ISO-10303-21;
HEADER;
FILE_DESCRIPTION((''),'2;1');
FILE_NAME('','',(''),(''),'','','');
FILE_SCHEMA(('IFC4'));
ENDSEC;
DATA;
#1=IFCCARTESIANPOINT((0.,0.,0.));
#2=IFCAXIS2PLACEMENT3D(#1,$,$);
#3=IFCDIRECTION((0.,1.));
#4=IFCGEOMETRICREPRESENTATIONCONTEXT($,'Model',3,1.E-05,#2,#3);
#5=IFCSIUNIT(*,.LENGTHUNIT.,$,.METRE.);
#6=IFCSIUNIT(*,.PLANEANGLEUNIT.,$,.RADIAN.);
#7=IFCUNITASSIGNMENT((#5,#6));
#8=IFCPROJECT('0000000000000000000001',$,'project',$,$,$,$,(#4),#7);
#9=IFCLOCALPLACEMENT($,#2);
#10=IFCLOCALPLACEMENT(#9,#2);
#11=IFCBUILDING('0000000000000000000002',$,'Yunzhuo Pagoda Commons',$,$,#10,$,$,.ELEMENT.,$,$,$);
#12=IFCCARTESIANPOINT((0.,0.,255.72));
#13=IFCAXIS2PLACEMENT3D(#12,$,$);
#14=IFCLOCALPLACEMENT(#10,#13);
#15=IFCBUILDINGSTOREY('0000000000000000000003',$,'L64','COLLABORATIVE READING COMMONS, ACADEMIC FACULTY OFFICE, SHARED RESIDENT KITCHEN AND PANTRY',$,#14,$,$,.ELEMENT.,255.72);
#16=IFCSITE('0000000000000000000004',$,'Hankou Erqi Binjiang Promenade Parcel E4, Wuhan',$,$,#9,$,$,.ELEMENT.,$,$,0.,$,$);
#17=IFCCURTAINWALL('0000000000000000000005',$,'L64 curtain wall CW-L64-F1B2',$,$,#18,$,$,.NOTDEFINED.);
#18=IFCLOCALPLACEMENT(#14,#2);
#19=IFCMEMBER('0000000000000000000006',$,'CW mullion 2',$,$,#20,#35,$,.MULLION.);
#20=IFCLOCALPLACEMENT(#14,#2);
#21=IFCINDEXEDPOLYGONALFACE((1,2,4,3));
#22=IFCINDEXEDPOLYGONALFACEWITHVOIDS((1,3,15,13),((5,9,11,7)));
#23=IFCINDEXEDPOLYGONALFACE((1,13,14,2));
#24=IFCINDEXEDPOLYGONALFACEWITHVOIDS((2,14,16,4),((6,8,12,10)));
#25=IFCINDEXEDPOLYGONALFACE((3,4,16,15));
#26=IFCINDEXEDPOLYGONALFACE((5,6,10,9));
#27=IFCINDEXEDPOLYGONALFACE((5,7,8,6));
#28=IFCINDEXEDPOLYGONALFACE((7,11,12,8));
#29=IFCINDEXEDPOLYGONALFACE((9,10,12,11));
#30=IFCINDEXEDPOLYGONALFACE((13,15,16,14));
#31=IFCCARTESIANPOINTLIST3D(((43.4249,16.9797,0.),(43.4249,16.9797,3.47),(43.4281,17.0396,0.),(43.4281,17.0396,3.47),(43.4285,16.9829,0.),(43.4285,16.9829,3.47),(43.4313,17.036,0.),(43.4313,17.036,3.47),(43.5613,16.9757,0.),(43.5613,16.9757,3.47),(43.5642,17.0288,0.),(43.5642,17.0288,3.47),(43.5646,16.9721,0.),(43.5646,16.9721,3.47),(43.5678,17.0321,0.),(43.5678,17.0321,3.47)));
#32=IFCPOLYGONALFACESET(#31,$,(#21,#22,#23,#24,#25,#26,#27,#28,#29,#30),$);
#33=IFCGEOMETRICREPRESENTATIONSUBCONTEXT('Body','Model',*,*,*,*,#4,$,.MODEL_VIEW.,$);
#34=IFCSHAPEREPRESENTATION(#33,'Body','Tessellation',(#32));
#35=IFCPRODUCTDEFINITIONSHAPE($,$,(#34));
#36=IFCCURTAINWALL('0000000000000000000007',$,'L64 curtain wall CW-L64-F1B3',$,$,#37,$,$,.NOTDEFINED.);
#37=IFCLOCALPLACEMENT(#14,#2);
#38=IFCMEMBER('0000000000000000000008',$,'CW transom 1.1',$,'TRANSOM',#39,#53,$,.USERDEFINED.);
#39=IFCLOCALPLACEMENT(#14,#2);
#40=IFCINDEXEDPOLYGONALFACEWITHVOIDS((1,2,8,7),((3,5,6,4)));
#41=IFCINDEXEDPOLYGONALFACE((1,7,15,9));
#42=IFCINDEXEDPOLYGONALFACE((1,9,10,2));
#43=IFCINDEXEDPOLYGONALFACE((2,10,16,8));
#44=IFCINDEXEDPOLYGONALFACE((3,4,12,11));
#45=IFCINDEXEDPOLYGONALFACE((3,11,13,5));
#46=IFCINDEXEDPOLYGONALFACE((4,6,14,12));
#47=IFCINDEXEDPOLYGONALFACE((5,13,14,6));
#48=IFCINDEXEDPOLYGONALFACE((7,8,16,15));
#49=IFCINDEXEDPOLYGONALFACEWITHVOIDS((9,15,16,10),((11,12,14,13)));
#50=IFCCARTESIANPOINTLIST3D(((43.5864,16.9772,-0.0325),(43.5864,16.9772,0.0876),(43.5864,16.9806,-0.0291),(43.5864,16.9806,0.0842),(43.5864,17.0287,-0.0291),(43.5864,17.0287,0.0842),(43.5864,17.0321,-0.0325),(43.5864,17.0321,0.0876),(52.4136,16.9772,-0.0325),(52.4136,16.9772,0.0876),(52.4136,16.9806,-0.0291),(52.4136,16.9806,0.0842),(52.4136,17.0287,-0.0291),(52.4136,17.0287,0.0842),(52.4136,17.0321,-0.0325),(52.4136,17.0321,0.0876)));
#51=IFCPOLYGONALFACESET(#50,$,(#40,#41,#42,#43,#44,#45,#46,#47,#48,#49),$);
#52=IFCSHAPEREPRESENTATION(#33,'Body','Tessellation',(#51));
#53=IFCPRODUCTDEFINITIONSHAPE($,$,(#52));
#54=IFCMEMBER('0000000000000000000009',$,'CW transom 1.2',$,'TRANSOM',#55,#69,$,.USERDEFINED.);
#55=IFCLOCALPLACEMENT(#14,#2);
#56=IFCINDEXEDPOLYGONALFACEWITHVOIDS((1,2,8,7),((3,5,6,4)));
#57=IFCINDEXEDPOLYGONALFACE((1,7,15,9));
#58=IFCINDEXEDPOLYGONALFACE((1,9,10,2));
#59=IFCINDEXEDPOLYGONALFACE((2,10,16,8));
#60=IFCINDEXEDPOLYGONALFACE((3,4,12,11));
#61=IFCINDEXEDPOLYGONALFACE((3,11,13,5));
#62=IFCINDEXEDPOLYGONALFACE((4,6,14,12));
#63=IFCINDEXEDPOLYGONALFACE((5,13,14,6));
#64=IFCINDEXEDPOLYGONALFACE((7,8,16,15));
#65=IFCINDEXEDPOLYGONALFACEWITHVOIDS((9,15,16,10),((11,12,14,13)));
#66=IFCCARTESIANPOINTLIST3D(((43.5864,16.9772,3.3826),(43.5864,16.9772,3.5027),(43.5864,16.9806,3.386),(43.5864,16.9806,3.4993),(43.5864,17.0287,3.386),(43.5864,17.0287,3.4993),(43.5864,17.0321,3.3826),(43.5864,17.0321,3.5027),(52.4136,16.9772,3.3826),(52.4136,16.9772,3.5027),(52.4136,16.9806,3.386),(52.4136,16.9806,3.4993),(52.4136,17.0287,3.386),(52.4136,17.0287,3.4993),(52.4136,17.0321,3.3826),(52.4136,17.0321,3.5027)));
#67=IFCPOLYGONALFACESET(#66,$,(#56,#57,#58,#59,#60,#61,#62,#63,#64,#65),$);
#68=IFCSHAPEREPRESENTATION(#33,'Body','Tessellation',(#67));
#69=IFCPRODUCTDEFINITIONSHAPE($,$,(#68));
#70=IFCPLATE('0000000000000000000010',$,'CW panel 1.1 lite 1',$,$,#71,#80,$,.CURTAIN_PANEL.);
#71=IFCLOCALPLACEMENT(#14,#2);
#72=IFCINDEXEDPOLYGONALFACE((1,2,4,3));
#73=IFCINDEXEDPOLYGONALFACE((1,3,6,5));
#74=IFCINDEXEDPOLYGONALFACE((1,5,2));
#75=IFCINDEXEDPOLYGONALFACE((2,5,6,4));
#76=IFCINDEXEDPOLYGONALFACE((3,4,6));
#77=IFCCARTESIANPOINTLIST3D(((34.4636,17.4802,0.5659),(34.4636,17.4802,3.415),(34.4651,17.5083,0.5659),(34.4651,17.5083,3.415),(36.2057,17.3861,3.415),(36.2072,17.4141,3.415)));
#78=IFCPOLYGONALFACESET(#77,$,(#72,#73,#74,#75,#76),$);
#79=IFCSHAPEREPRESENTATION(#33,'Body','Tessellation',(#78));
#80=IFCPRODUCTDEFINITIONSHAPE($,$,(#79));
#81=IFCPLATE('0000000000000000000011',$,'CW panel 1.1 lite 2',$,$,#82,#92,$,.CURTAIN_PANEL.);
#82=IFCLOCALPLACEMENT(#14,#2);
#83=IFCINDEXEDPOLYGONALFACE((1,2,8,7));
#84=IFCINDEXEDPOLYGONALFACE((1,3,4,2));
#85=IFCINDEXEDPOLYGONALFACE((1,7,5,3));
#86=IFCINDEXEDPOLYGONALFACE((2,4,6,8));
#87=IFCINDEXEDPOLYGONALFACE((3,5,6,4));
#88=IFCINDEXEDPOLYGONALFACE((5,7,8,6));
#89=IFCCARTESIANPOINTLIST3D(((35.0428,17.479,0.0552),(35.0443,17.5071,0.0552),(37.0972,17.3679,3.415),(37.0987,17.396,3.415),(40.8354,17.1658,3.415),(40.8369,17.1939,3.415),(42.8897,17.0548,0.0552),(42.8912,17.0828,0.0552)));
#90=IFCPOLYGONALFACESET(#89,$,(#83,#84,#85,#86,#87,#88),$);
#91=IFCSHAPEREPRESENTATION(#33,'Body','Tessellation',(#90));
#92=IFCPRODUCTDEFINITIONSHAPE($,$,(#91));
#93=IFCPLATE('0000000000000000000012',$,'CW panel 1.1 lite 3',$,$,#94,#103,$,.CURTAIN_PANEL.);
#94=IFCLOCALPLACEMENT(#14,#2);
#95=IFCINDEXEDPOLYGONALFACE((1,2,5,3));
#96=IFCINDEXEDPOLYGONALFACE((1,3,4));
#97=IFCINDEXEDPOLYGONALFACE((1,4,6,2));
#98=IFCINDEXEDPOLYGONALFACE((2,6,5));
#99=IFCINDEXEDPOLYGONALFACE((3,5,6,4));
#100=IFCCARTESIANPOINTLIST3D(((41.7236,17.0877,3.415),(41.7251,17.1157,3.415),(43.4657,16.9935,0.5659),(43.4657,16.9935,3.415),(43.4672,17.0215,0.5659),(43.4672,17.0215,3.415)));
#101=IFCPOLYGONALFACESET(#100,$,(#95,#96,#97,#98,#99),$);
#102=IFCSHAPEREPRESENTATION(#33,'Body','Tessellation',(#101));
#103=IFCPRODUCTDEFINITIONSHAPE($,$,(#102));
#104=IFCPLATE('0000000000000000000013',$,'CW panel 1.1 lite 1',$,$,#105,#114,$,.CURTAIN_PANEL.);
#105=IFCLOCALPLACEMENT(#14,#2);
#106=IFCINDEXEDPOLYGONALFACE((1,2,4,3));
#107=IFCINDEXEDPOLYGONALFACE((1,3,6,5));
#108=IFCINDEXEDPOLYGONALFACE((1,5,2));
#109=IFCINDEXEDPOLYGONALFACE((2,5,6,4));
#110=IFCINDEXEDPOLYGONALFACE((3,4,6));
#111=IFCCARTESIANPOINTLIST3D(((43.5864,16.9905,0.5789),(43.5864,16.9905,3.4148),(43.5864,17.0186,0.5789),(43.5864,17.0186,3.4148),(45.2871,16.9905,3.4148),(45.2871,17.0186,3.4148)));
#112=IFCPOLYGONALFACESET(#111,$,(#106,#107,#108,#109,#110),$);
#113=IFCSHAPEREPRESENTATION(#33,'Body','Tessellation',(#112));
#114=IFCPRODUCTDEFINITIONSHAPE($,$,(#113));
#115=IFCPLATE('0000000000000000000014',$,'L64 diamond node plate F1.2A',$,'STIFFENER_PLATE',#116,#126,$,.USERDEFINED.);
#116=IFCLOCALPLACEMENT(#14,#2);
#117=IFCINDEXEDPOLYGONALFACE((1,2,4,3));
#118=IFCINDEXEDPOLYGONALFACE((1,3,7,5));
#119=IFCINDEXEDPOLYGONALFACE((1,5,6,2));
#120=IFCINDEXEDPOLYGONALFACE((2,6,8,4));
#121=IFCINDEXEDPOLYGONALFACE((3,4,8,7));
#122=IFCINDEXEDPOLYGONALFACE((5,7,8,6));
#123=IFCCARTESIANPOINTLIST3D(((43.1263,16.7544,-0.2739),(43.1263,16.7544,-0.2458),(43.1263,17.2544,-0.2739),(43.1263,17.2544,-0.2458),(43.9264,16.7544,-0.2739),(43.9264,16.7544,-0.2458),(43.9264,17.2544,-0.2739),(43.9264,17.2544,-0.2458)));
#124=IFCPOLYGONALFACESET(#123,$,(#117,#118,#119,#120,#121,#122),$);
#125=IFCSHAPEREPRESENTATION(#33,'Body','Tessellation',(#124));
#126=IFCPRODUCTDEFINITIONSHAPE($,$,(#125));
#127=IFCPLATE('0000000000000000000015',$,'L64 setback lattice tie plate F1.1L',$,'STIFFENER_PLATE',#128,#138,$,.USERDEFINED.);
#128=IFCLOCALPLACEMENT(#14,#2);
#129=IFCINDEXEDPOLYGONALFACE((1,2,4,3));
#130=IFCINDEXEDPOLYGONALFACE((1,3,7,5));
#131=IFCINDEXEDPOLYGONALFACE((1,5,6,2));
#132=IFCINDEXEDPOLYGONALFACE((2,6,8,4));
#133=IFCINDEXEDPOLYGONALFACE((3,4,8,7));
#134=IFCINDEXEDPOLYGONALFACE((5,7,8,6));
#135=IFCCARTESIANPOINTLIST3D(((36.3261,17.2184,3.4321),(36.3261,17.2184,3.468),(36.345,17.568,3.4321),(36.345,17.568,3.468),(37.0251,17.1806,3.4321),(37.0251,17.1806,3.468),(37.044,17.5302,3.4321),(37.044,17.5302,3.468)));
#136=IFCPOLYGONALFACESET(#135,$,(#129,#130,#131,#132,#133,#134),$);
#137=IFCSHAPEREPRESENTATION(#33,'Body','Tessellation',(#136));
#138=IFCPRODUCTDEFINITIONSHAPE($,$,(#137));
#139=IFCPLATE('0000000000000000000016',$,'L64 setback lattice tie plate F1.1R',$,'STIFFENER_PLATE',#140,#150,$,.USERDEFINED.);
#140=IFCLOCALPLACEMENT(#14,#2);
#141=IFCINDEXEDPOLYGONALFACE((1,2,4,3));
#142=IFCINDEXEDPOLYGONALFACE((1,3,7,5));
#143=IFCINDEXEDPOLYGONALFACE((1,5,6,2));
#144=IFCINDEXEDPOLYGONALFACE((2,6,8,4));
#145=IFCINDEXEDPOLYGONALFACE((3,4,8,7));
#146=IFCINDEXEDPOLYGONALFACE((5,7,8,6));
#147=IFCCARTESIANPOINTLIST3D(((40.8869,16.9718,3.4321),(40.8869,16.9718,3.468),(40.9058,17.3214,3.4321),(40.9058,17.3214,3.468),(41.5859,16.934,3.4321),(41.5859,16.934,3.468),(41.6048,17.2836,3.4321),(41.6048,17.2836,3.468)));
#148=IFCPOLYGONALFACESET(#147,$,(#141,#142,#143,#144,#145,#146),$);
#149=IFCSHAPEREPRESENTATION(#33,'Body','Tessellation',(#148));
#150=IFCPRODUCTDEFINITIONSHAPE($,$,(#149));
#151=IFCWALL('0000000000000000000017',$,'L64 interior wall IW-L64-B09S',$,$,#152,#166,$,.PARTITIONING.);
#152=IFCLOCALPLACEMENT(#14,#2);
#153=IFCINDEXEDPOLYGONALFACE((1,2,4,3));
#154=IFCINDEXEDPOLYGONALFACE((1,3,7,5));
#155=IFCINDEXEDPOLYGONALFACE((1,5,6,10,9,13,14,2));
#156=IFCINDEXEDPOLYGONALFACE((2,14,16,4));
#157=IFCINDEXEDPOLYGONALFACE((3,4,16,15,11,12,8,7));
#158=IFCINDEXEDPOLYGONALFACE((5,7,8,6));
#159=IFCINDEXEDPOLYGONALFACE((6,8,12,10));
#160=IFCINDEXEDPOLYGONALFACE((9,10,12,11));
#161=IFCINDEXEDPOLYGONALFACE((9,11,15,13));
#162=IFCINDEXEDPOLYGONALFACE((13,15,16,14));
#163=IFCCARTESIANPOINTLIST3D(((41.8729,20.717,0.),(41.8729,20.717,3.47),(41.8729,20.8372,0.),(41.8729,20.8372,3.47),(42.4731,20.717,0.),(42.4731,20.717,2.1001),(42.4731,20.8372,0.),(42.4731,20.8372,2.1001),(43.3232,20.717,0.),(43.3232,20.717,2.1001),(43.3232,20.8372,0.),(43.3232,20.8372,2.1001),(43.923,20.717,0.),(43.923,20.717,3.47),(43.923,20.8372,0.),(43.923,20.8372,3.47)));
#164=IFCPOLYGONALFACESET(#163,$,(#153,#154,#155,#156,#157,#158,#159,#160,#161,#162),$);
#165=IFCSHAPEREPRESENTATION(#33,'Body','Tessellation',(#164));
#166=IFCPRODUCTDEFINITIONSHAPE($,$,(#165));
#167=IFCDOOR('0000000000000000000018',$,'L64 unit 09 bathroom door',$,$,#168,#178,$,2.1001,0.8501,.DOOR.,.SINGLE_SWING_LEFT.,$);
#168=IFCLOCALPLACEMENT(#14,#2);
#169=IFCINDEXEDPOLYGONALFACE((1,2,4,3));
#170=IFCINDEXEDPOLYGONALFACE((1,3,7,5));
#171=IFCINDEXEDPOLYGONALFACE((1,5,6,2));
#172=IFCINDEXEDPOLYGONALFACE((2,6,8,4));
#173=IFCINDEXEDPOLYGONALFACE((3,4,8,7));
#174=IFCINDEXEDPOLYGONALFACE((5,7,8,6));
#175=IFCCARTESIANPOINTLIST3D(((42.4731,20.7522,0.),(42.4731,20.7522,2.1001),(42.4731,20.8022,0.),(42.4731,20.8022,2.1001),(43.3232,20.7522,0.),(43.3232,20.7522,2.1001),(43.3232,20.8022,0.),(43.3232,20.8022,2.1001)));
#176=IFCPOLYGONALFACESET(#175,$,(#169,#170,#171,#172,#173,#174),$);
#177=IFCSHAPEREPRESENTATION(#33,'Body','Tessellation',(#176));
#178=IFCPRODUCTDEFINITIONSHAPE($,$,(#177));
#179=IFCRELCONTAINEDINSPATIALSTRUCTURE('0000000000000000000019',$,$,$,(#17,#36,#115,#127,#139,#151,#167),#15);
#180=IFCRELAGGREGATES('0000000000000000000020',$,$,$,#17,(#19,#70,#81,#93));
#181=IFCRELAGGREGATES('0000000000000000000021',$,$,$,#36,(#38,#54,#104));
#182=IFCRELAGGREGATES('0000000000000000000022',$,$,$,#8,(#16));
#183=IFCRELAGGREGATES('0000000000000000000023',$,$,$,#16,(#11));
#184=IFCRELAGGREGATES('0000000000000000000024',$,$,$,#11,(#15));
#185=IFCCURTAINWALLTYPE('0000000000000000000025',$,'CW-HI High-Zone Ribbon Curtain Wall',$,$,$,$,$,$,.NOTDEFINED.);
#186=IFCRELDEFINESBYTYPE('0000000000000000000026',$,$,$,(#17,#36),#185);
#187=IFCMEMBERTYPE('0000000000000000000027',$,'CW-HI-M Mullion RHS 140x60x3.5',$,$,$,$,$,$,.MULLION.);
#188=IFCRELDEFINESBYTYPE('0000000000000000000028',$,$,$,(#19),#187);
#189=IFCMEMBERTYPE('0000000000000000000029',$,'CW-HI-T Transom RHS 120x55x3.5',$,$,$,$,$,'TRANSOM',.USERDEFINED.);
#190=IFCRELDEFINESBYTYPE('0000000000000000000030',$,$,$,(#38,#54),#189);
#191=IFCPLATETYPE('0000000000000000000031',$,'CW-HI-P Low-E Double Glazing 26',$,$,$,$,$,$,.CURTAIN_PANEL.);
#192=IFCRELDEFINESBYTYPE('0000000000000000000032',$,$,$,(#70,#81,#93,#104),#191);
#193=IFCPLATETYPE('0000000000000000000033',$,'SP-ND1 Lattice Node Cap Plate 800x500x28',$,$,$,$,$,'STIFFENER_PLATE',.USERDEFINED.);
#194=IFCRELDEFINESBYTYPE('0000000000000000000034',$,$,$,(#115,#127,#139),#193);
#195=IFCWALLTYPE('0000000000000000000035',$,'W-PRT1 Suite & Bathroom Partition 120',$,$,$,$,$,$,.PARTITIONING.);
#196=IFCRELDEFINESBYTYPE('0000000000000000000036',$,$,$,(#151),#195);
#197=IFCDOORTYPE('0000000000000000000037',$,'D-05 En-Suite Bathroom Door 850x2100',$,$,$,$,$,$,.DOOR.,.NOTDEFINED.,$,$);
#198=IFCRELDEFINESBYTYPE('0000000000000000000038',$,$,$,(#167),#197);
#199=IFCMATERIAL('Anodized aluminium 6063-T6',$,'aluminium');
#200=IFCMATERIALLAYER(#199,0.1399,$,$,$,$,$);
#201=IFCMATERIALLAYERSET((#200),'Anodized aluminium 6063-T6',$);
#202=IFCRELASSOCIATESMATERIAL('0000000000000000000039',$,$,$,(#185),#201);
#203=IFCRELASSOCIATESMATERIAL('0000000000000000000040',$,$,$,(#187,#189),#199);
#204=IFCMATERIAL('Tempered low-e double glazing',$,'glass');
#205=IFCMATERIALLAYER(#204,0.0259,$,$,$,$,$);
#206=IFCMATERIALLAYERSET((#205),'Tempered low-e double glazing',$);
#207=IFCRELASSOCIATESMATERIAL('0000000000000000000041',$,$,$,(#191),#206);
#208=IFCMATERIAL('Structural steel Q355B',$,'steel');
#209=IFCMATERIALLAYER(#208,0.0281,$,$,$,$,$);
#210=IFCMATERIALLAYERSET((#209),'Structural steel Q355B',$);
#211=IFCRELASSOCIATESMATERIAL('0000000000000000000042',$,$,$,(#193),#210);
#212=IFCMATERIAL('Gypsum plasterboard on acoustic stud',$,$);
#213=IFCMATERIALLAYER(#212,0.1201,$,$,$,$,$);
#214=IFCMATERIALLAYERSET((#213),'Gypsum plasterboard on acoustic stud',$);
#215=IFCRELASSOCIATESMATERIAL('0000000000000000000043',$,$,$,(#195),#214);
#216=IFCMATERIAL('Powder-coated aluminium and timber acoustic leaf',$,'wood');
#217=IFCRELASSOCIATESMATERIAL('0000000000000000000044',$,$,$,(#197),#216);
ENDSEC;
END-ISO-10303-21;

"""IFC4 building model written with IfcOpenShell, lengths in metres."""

from ifc_helpers import new_model, si_unit, direction, frame, frame_2d, origin, origin_2d, place, context, subcontext, project, spatial, polyline, rectangle, hollow_rectangle, outline, extrude, source, transform, mapped, material, layer, layer_set, material_profile, profile_set, type_object, element, fill, aggregate, save


model = new_model("IFC4")

# Units and contexts
model_context = context("Model", 3, precision=1e-05, world=origin(), true_north=direction((0.0, 1.0)))
body_context = subcontext(model_context, "Body", "Model", "MODEL_VIEW")
ifc_project = project(units=[si_unit("LENGTHUNIT", "METRE"), si_unit("PLANEANGLEUNIT", "RADIAN")], contexts=[model_context])

# Site, building, storey
site_placement = place(None, origin())
site = spatial("IfcSite", under=ifc_project, at=site_placement, Name="Hankou Erqi Binjiang Promenade Parcel E4, Wuhan", CompositionType="ELEMENT", RefElevation=0.0)
building_placement = place(site_placement, origin())
building = spatial("IfcBuilding", under=site, at=building_placement, Name="Yunzhuo Pagoda Commons", CompositionType="ELEMENT")
storey_placement = place(building_placement, frame((0.0, 0.0, 255.72)))
storey = spatial("IfcBuildingStorey", under=building, at=storey_placement, Name="L64", Description="COLLABORATIVE READING COMMONS, ACADEMIC FACULTY OFFICE, SHARED RESIDENT KITCHEN AND PANTRY", CompositionType="ELEMENT", Elevation=255.72)

# Shared definitions
ifc_material_1 = material(Name="Structural steel Q355B", Category="steel")

# Curtain wall, member
ifc_material_2 = material(Name="Anodized aluminium 6063-T6", Category="aluminium")
ifc_layer_1 = layer(ifc_material_2, 0.1399)
ifc_layer_set_1 = layer_set([ifc_layer_1], Name="Anodized aluminium 6063-T6")
curtain_wall_type = type_object("IfcCurtainWallType", Name="CW-HI High-Zone Ribbon Curtain Wall", PredefinedType="NOTDEFINED", material=ifc_layer_set_1)
curtain_wall_1_placement = place(storey_placement, origin())
curtain_wall_1 = element("IfcCurtainWall", 1, at=curtain_wall_1_placement, inside=storey, type_object=curtain_wall_type, Name="L64 curtain wall CW-L64-F1B2", PredefinedType="NOTDEFINED")
ifc_material_profile_1 = material_profile(ifc_material_2, hollow_rectangle(XDim=0.0601, YDim=0.1399, WallThickness=0.0034, at=origin_2d()), Name="Anodized aluminium 6063-T6")
ifc_profile_set_1 = profile_set([ifc_material_profile_1], Name="Anodized aluminium 6063-T6")
member_type_1 = type_object("IfcMemberType", Name="CW-HI-M Mullion RHS 140x60x3.5", PredefinedType="MULLION", material=ifc_profile_set_1)
shared_shape_1 = source(origin(), body_context, "Body", "SweptSolid", [
    extrude(hollow_rectangle(XDim=0.0601, YDim=0.1399, WallThickness=0.0034, at=origin_2d()), origin(), (0.0, 0.0, 1.0), 3.47),
])
member_1_placement = place(storey_placement, frame((43.4963, 17.0059, 0.0), z_axis=(0.0, 0.0, 1.0), x_axis=(0.053989, 0.998542, 0.0)))
member_1 = element("IfcMember", 2, at=member_1_placement, type_object=member_type_1, Name="CW mullion 2", PredefinedType="MULLION", context=body_context, shape_type="MappedRepresentation", body=[
    mapped(shared_shape_1, transform((0.0, 0.0, 0.0), scale=1.0)),
])

# Curtain wall, members
curtain_wall_2_placement = place(storey_placement, origin())
curtain_wall_2 = element("IfcCurtainWall", 3, at=curtain_wall_2_placement, inside=storey, type_object=curtain_wall_type, Name="L64 curtain wall CW-L64-F1B3", PredefinedType="NOTDEFINED")
ifc_material_profile_2 = material_profile(ifc_material_2, hollow_rectangle(XDim=0.0549, YDim=0.1201, WallThickness=0.0034, at=origin_2d()), Name="Anodized aluminium 6063-T6")
ifc_profile_set_2 = profile_set([ifc_material_profile_2], Name="Anodized aluminium 6063-T6")
member_type_2 = type_object("IfcMemberType", Name="CW-HI-T Transom RHS 120x55x3.5", ElementType="TRANSOM", PredefinedType="USERDEFINED", material=ifc_profile_set_2)
shared_shape_2 = source(origin(), body_context, "Body", "SweptSolid", [
    extrude(hollow_rectangle(XDim=0.0549, YDim=0.1201, WallThickness=0.0034, at=origin_2d()), origin(), (0.0, 0.0, 1.0), 8.8271),
])
member_2_placement = place(storey_placement, frame((43.5864, 17.0046, 0.0276), z_axis=(1.0, 0.0, 0.0), x_axis=(0.0, 1.0, 0.0)))
member_2 = element("IfcMember", 4, at=member_2_placement, type_object=member_type_2, Name="CW transom 1.1", ObjectType="TRANSOM", PredefinedType="USERDEFINED", context=body_context, shape_type="MappedRepresentation", body=[
    mapped(shared_shape_2, transform((0.0, 0.0, 0.0), scale=1.0)),
])
member_3_placement = place(storey_placement, frame((43.5864, 17.0046, 3.4426), z_axis=(1.0, 0.0, 0.0), x_axis=(0.0, 1.0, 0.0)))
member_3 = element("IfcMember", 5, at=member_3_placement, type_object=member_type_2, Name="CW transom 1.2", ObjectType="TRANSOM", PredefinedType="USERDEFINED", context=body_context, shape_type="MappedRepresentation", body=[
    mapped(shared_shape_2, transform((0.0, 0.0, 0.0), scale=1.0)),
])

# Plates
ifc_material_3 = material(Name="Tempered low-e double glazing", Category="glass")
ifc_layer_2 = layer(ifc_material_3, 0.0259)
ifc_layer_set_2 = layer_set([ifc_layer_2], Name="Tempered low-e double glazing")
plate_type_1 = type_object("IfcPlateType", Name="CW-HI-P Low-E Double Glazing 26", PredefinedType="CURTAIN_PANEL", material=ifc_layer_set_2)
plate_1_placement = place(storey_placement, frame((35.3362, 17.4612, 1.9905), z_axis=(-0.053989, -0.998542, 0.0), x_axis=(0.998542, -0.053989, 0.0)))
plate_1 = element("IfcPlate", 6, at=plate_1_placement, type_object=plate_type_1, Name="CW panel 1.1 lite 1", PredefinedType="CURTAIN_PANEL", context=body_context, shape_type="SweptSolid", body=[
    extrude(outline(polyline([(-0.8723, -1.4246), (0.8723, 1.4246), (-0.8723, 1.4246), (-0.8723, -1.4246)])), origin(), (0.0, 0.0, 1.0), 0.0281),
])
plate_2_placement = place(storey_placement, frame((38.9678, 17.2949, 1.7351), z_axis=(-0.053989, -0.998542, 0.0), x_axis=(0.998542, -0.053989, 0.0)))
plate_2 = element("IfcPlate", 7, at=plate_2_placement, type_object=plate_type_1, Name="CW panel 1.1 lite 2", PredefinedType="CURTAIN_PANEL", context=body_context, shape_type="SweptSolid", body=[
    extrude(outline(polyline([(-3.9292, -1.6799), (3.9292, -1.6799), (1.8718, 1.6799), (-1.8718, 1.6799), (-3.9292, -1.6799)])), origin(), (0.0, 0.0, 1.0), 0.0281),
])
plate_3_placement = place(storey_placement, frame((42.5962, 17.0686, 1.9905), z_axis=(-0.053989, -0.998542, 0.0), x_axis=(0.998542, -0.053989, 0.0)))
plate_3 = element("IfcPlate", 8, at=plate_3_placement, type_object=plate_type_1, Name="CW panel 1.1 lite 3", PredefinedType="CURTAIN_PANEL", context=body_context, shape_type="SweptSolid", body=[
    extrude(outline(polyline([(-0.8723, 1.4246), (0.8723, -1.4246), (0.8723, 1.4246), (-0.8723, 1.4246)])), origin(), (0.0, 0.0, 1.0), 0.0281),
])
aggregate(curtain_wall_1, [member_1, plate_1, plate_2, plate_3])
plate_4_placement = place(storey_placement, frame((44.4368, 17.0186, 1.9968), z_axis=(0.0, -1.0, 0.0), x_axis=(1.0, 0.0, 0.0)))
plate_4 = element("IfcPlate", 9, at=plate_4_placement, type_object=plate_type_1, Name="CW panel 1.1 lite 1", PredefinedType="CURTAIN_PANEL", context=body_context, shape_type="SweptSolid", body=[
    extrude(outline(polyline([(-0.8503, -1.418), (0.8503, 1.418), (-0.8503, 1.418), (-0.8503, -1.418)])), origin(), (0.0, 0.0, 1.0), 0.0281),
])
aggregate(curtain_wall_2, [member_2, member_3, plate_4])

# Plates
ifc_layer_3 = layer(ifc_material_1, 0.0281)
ifc_layer_set_3 = layer_set([ifc_layer_3], Name="Structural steel Q355B")
plate_type_2 = type_object("IfcPlateType", Name="SP-ND1 Lattice Node Cap Plate 800x500x28", ElementType="STIFFENER_PLATE", PredefinedType="USERDEFINED", material=ifc_layer_set_3)
shared_shape_3 = source(origin(), body_context, "Body", "SweptSolid", [
    extrude(rectangle(XDim=0.8, YDim=0.5, at=origin_2d()), origin(), (0.0, 0.0, 1.0), 0.0281),
])
plate_5_placement = place(storey_placement, frame((43.5264, 17.0044, -0.2739), z_axis=(0.0, 0.0, 1.0), x_axis=(1.0, 0.0, 0.0)))
element("IfcPlate", 10, at=plate_5_placement, inside=storey, type_object=plate_type_2, Name="L64 diamond node plate F1.2A", ObjectType="STIFFENER_PLATE", PredefinedType="USERDEFINED", context=body_context, shape_type="MappedRepresentation", body=[
    mapped(shared_shape_3, transform((0.0, 0.0, 0.0), scale=1.0)),
])
shared_shape_4 = source(origin(), body_context, "Body", "SweptSolid", [
    extrude(rectangle(XDim=0.7, YDim=0.3501, at=origin_2d()), origin(), (0.0, 0.0, 1.0), 0.0359),
])
for number, where, z_axis, x_axis, name in (
    (11, (36.6851, 17.3743, 3.4321), (0.0, 0.0, 1.0), (0.998541, -0.053992, 0.0), "L64 setback lattice tie plate F1.1L"),
    (12, (41.2458, 17.1277, 3.4321), (0.0, 0.0, 1.0), (0.998541, -0.053992, 0.0), "L64 setback lattice tie plate F1.1R"),
):
    element("IfcPlate", number, at=place(storey_placement, frame(where, z_axis=z_axis, x_axis=x_axis)), inside=storey, type_object=plate_type_2, Name=name, ObjectType="STIFFENER_PLATE", PredefinedType="USERDEFINED", context=body_context, shape_type="MappedRepresentation", body=[
        mapped(shared_shape_4, transform((0.0, 0.0, 0.0), scale=1.0)),
    ])

# Wall, opening, door
ifc_material_4 = material(Name="Gypsum plasterboard on acoustic stud")
ifc_layer_4 = layer(ifc_material_4, 0.1201)
ifc_layer_set_4 = layer_set([ifc_layer_4], Name="Gypsum plasterboard on acoustic stud")
wall_type = type_object("IfcWallType", Name="W-PRT1 Suite & Bathroom Partition 120", PredefinedType="PARTITIONING", material=ifc_layer_set_4)
wall_1_placement = place(storey_placement, frame((41.873, 20.7771, 0.0), z_axis=(0.0, 0.0, 1.0), x_axis=(1.0, 0.0, 0.0)))
wall_1 = element("IfcWall", 13, at=wall_1_placement, inside=storey, type_object=wall_type, Name="L64 interior wall IW-L64-B09S", PredefinedType="PARTITIONING", context=body_context, shape_type="SweptSolid", body=[
    extrude(rectangle(XDim=2.05, YDim=0.1201, at=frame_2d((1.0249, 0.0))), origin(), (0.0, 0.0, 1.0), 3.47),
])
opening_placement = place(wall_1_placement, frame((0.6001, 0.0, 0.0)))
opening = element("IfcOpeningElement", 14, at=opening_placement, cuts=wall_1, PredefinedType="OPENING", context=body_context, shape_type="SweptSolid", body=[
    extrude(rectangle(XDim=0.8501, YDim=2.1001, at=frame_2d((0.425, 1.05))), frame((0.0, 0.0701, 0.0), z_axis=(0.0, -1.0, 0.0), x_axis=(1.0, 0.0, 0.0)), (0.0, 0.0, 1.0), 0.1401),
])
ifc_material_5 = material(Name="Powder-coated aluminium and timber acoustic leaf", Category="wood")
door_type = type_object("IfcDoorType", Name="D-05 En-Suite Bathroom Door 850x2100", OperationType="NOTDEFINED", PredefinedType="DOOR", material=ifc_material_5)
shared_shape_5 = source(origin(), body_context, "Body", "SweptSolid", [
    extrude(rectangle(XDim=0.8501, YDim=2.1001, at=frame_2d((0.425, 1.05))), frame((0.0, 0.0249, 0.0), z_axis=(0.0, -1.0, 0.0), x_axis=(1.0, 0.0, 0.0)), (0.0, 0.0, 1.0), 0.05),
])
door_placement = place(opening_placement, frame((0.8501, 0.0, 0.0), z_axis=(0.0, 0.0, 1.0), x_axis=(-1.0, 0.0, 0.0)))
door = element("IfcDoor", 15, at=door_placement, inside=storey, type_object=door_type, Name="L64 unit 09 bathroom door", OperationType="SINGLE_SWING_LEFT", OverallHeight=2.1001, OverallWidth=0.8501, PredefinedType="DOOR", context=body_context, shape_type="MappedRepresentation", body=[
    mapped(shared_shape_5, transform((0.0, 0.0, 0.0), scale=1.0)),
])
fill(opening, door)

save(model, "model.ifc")
